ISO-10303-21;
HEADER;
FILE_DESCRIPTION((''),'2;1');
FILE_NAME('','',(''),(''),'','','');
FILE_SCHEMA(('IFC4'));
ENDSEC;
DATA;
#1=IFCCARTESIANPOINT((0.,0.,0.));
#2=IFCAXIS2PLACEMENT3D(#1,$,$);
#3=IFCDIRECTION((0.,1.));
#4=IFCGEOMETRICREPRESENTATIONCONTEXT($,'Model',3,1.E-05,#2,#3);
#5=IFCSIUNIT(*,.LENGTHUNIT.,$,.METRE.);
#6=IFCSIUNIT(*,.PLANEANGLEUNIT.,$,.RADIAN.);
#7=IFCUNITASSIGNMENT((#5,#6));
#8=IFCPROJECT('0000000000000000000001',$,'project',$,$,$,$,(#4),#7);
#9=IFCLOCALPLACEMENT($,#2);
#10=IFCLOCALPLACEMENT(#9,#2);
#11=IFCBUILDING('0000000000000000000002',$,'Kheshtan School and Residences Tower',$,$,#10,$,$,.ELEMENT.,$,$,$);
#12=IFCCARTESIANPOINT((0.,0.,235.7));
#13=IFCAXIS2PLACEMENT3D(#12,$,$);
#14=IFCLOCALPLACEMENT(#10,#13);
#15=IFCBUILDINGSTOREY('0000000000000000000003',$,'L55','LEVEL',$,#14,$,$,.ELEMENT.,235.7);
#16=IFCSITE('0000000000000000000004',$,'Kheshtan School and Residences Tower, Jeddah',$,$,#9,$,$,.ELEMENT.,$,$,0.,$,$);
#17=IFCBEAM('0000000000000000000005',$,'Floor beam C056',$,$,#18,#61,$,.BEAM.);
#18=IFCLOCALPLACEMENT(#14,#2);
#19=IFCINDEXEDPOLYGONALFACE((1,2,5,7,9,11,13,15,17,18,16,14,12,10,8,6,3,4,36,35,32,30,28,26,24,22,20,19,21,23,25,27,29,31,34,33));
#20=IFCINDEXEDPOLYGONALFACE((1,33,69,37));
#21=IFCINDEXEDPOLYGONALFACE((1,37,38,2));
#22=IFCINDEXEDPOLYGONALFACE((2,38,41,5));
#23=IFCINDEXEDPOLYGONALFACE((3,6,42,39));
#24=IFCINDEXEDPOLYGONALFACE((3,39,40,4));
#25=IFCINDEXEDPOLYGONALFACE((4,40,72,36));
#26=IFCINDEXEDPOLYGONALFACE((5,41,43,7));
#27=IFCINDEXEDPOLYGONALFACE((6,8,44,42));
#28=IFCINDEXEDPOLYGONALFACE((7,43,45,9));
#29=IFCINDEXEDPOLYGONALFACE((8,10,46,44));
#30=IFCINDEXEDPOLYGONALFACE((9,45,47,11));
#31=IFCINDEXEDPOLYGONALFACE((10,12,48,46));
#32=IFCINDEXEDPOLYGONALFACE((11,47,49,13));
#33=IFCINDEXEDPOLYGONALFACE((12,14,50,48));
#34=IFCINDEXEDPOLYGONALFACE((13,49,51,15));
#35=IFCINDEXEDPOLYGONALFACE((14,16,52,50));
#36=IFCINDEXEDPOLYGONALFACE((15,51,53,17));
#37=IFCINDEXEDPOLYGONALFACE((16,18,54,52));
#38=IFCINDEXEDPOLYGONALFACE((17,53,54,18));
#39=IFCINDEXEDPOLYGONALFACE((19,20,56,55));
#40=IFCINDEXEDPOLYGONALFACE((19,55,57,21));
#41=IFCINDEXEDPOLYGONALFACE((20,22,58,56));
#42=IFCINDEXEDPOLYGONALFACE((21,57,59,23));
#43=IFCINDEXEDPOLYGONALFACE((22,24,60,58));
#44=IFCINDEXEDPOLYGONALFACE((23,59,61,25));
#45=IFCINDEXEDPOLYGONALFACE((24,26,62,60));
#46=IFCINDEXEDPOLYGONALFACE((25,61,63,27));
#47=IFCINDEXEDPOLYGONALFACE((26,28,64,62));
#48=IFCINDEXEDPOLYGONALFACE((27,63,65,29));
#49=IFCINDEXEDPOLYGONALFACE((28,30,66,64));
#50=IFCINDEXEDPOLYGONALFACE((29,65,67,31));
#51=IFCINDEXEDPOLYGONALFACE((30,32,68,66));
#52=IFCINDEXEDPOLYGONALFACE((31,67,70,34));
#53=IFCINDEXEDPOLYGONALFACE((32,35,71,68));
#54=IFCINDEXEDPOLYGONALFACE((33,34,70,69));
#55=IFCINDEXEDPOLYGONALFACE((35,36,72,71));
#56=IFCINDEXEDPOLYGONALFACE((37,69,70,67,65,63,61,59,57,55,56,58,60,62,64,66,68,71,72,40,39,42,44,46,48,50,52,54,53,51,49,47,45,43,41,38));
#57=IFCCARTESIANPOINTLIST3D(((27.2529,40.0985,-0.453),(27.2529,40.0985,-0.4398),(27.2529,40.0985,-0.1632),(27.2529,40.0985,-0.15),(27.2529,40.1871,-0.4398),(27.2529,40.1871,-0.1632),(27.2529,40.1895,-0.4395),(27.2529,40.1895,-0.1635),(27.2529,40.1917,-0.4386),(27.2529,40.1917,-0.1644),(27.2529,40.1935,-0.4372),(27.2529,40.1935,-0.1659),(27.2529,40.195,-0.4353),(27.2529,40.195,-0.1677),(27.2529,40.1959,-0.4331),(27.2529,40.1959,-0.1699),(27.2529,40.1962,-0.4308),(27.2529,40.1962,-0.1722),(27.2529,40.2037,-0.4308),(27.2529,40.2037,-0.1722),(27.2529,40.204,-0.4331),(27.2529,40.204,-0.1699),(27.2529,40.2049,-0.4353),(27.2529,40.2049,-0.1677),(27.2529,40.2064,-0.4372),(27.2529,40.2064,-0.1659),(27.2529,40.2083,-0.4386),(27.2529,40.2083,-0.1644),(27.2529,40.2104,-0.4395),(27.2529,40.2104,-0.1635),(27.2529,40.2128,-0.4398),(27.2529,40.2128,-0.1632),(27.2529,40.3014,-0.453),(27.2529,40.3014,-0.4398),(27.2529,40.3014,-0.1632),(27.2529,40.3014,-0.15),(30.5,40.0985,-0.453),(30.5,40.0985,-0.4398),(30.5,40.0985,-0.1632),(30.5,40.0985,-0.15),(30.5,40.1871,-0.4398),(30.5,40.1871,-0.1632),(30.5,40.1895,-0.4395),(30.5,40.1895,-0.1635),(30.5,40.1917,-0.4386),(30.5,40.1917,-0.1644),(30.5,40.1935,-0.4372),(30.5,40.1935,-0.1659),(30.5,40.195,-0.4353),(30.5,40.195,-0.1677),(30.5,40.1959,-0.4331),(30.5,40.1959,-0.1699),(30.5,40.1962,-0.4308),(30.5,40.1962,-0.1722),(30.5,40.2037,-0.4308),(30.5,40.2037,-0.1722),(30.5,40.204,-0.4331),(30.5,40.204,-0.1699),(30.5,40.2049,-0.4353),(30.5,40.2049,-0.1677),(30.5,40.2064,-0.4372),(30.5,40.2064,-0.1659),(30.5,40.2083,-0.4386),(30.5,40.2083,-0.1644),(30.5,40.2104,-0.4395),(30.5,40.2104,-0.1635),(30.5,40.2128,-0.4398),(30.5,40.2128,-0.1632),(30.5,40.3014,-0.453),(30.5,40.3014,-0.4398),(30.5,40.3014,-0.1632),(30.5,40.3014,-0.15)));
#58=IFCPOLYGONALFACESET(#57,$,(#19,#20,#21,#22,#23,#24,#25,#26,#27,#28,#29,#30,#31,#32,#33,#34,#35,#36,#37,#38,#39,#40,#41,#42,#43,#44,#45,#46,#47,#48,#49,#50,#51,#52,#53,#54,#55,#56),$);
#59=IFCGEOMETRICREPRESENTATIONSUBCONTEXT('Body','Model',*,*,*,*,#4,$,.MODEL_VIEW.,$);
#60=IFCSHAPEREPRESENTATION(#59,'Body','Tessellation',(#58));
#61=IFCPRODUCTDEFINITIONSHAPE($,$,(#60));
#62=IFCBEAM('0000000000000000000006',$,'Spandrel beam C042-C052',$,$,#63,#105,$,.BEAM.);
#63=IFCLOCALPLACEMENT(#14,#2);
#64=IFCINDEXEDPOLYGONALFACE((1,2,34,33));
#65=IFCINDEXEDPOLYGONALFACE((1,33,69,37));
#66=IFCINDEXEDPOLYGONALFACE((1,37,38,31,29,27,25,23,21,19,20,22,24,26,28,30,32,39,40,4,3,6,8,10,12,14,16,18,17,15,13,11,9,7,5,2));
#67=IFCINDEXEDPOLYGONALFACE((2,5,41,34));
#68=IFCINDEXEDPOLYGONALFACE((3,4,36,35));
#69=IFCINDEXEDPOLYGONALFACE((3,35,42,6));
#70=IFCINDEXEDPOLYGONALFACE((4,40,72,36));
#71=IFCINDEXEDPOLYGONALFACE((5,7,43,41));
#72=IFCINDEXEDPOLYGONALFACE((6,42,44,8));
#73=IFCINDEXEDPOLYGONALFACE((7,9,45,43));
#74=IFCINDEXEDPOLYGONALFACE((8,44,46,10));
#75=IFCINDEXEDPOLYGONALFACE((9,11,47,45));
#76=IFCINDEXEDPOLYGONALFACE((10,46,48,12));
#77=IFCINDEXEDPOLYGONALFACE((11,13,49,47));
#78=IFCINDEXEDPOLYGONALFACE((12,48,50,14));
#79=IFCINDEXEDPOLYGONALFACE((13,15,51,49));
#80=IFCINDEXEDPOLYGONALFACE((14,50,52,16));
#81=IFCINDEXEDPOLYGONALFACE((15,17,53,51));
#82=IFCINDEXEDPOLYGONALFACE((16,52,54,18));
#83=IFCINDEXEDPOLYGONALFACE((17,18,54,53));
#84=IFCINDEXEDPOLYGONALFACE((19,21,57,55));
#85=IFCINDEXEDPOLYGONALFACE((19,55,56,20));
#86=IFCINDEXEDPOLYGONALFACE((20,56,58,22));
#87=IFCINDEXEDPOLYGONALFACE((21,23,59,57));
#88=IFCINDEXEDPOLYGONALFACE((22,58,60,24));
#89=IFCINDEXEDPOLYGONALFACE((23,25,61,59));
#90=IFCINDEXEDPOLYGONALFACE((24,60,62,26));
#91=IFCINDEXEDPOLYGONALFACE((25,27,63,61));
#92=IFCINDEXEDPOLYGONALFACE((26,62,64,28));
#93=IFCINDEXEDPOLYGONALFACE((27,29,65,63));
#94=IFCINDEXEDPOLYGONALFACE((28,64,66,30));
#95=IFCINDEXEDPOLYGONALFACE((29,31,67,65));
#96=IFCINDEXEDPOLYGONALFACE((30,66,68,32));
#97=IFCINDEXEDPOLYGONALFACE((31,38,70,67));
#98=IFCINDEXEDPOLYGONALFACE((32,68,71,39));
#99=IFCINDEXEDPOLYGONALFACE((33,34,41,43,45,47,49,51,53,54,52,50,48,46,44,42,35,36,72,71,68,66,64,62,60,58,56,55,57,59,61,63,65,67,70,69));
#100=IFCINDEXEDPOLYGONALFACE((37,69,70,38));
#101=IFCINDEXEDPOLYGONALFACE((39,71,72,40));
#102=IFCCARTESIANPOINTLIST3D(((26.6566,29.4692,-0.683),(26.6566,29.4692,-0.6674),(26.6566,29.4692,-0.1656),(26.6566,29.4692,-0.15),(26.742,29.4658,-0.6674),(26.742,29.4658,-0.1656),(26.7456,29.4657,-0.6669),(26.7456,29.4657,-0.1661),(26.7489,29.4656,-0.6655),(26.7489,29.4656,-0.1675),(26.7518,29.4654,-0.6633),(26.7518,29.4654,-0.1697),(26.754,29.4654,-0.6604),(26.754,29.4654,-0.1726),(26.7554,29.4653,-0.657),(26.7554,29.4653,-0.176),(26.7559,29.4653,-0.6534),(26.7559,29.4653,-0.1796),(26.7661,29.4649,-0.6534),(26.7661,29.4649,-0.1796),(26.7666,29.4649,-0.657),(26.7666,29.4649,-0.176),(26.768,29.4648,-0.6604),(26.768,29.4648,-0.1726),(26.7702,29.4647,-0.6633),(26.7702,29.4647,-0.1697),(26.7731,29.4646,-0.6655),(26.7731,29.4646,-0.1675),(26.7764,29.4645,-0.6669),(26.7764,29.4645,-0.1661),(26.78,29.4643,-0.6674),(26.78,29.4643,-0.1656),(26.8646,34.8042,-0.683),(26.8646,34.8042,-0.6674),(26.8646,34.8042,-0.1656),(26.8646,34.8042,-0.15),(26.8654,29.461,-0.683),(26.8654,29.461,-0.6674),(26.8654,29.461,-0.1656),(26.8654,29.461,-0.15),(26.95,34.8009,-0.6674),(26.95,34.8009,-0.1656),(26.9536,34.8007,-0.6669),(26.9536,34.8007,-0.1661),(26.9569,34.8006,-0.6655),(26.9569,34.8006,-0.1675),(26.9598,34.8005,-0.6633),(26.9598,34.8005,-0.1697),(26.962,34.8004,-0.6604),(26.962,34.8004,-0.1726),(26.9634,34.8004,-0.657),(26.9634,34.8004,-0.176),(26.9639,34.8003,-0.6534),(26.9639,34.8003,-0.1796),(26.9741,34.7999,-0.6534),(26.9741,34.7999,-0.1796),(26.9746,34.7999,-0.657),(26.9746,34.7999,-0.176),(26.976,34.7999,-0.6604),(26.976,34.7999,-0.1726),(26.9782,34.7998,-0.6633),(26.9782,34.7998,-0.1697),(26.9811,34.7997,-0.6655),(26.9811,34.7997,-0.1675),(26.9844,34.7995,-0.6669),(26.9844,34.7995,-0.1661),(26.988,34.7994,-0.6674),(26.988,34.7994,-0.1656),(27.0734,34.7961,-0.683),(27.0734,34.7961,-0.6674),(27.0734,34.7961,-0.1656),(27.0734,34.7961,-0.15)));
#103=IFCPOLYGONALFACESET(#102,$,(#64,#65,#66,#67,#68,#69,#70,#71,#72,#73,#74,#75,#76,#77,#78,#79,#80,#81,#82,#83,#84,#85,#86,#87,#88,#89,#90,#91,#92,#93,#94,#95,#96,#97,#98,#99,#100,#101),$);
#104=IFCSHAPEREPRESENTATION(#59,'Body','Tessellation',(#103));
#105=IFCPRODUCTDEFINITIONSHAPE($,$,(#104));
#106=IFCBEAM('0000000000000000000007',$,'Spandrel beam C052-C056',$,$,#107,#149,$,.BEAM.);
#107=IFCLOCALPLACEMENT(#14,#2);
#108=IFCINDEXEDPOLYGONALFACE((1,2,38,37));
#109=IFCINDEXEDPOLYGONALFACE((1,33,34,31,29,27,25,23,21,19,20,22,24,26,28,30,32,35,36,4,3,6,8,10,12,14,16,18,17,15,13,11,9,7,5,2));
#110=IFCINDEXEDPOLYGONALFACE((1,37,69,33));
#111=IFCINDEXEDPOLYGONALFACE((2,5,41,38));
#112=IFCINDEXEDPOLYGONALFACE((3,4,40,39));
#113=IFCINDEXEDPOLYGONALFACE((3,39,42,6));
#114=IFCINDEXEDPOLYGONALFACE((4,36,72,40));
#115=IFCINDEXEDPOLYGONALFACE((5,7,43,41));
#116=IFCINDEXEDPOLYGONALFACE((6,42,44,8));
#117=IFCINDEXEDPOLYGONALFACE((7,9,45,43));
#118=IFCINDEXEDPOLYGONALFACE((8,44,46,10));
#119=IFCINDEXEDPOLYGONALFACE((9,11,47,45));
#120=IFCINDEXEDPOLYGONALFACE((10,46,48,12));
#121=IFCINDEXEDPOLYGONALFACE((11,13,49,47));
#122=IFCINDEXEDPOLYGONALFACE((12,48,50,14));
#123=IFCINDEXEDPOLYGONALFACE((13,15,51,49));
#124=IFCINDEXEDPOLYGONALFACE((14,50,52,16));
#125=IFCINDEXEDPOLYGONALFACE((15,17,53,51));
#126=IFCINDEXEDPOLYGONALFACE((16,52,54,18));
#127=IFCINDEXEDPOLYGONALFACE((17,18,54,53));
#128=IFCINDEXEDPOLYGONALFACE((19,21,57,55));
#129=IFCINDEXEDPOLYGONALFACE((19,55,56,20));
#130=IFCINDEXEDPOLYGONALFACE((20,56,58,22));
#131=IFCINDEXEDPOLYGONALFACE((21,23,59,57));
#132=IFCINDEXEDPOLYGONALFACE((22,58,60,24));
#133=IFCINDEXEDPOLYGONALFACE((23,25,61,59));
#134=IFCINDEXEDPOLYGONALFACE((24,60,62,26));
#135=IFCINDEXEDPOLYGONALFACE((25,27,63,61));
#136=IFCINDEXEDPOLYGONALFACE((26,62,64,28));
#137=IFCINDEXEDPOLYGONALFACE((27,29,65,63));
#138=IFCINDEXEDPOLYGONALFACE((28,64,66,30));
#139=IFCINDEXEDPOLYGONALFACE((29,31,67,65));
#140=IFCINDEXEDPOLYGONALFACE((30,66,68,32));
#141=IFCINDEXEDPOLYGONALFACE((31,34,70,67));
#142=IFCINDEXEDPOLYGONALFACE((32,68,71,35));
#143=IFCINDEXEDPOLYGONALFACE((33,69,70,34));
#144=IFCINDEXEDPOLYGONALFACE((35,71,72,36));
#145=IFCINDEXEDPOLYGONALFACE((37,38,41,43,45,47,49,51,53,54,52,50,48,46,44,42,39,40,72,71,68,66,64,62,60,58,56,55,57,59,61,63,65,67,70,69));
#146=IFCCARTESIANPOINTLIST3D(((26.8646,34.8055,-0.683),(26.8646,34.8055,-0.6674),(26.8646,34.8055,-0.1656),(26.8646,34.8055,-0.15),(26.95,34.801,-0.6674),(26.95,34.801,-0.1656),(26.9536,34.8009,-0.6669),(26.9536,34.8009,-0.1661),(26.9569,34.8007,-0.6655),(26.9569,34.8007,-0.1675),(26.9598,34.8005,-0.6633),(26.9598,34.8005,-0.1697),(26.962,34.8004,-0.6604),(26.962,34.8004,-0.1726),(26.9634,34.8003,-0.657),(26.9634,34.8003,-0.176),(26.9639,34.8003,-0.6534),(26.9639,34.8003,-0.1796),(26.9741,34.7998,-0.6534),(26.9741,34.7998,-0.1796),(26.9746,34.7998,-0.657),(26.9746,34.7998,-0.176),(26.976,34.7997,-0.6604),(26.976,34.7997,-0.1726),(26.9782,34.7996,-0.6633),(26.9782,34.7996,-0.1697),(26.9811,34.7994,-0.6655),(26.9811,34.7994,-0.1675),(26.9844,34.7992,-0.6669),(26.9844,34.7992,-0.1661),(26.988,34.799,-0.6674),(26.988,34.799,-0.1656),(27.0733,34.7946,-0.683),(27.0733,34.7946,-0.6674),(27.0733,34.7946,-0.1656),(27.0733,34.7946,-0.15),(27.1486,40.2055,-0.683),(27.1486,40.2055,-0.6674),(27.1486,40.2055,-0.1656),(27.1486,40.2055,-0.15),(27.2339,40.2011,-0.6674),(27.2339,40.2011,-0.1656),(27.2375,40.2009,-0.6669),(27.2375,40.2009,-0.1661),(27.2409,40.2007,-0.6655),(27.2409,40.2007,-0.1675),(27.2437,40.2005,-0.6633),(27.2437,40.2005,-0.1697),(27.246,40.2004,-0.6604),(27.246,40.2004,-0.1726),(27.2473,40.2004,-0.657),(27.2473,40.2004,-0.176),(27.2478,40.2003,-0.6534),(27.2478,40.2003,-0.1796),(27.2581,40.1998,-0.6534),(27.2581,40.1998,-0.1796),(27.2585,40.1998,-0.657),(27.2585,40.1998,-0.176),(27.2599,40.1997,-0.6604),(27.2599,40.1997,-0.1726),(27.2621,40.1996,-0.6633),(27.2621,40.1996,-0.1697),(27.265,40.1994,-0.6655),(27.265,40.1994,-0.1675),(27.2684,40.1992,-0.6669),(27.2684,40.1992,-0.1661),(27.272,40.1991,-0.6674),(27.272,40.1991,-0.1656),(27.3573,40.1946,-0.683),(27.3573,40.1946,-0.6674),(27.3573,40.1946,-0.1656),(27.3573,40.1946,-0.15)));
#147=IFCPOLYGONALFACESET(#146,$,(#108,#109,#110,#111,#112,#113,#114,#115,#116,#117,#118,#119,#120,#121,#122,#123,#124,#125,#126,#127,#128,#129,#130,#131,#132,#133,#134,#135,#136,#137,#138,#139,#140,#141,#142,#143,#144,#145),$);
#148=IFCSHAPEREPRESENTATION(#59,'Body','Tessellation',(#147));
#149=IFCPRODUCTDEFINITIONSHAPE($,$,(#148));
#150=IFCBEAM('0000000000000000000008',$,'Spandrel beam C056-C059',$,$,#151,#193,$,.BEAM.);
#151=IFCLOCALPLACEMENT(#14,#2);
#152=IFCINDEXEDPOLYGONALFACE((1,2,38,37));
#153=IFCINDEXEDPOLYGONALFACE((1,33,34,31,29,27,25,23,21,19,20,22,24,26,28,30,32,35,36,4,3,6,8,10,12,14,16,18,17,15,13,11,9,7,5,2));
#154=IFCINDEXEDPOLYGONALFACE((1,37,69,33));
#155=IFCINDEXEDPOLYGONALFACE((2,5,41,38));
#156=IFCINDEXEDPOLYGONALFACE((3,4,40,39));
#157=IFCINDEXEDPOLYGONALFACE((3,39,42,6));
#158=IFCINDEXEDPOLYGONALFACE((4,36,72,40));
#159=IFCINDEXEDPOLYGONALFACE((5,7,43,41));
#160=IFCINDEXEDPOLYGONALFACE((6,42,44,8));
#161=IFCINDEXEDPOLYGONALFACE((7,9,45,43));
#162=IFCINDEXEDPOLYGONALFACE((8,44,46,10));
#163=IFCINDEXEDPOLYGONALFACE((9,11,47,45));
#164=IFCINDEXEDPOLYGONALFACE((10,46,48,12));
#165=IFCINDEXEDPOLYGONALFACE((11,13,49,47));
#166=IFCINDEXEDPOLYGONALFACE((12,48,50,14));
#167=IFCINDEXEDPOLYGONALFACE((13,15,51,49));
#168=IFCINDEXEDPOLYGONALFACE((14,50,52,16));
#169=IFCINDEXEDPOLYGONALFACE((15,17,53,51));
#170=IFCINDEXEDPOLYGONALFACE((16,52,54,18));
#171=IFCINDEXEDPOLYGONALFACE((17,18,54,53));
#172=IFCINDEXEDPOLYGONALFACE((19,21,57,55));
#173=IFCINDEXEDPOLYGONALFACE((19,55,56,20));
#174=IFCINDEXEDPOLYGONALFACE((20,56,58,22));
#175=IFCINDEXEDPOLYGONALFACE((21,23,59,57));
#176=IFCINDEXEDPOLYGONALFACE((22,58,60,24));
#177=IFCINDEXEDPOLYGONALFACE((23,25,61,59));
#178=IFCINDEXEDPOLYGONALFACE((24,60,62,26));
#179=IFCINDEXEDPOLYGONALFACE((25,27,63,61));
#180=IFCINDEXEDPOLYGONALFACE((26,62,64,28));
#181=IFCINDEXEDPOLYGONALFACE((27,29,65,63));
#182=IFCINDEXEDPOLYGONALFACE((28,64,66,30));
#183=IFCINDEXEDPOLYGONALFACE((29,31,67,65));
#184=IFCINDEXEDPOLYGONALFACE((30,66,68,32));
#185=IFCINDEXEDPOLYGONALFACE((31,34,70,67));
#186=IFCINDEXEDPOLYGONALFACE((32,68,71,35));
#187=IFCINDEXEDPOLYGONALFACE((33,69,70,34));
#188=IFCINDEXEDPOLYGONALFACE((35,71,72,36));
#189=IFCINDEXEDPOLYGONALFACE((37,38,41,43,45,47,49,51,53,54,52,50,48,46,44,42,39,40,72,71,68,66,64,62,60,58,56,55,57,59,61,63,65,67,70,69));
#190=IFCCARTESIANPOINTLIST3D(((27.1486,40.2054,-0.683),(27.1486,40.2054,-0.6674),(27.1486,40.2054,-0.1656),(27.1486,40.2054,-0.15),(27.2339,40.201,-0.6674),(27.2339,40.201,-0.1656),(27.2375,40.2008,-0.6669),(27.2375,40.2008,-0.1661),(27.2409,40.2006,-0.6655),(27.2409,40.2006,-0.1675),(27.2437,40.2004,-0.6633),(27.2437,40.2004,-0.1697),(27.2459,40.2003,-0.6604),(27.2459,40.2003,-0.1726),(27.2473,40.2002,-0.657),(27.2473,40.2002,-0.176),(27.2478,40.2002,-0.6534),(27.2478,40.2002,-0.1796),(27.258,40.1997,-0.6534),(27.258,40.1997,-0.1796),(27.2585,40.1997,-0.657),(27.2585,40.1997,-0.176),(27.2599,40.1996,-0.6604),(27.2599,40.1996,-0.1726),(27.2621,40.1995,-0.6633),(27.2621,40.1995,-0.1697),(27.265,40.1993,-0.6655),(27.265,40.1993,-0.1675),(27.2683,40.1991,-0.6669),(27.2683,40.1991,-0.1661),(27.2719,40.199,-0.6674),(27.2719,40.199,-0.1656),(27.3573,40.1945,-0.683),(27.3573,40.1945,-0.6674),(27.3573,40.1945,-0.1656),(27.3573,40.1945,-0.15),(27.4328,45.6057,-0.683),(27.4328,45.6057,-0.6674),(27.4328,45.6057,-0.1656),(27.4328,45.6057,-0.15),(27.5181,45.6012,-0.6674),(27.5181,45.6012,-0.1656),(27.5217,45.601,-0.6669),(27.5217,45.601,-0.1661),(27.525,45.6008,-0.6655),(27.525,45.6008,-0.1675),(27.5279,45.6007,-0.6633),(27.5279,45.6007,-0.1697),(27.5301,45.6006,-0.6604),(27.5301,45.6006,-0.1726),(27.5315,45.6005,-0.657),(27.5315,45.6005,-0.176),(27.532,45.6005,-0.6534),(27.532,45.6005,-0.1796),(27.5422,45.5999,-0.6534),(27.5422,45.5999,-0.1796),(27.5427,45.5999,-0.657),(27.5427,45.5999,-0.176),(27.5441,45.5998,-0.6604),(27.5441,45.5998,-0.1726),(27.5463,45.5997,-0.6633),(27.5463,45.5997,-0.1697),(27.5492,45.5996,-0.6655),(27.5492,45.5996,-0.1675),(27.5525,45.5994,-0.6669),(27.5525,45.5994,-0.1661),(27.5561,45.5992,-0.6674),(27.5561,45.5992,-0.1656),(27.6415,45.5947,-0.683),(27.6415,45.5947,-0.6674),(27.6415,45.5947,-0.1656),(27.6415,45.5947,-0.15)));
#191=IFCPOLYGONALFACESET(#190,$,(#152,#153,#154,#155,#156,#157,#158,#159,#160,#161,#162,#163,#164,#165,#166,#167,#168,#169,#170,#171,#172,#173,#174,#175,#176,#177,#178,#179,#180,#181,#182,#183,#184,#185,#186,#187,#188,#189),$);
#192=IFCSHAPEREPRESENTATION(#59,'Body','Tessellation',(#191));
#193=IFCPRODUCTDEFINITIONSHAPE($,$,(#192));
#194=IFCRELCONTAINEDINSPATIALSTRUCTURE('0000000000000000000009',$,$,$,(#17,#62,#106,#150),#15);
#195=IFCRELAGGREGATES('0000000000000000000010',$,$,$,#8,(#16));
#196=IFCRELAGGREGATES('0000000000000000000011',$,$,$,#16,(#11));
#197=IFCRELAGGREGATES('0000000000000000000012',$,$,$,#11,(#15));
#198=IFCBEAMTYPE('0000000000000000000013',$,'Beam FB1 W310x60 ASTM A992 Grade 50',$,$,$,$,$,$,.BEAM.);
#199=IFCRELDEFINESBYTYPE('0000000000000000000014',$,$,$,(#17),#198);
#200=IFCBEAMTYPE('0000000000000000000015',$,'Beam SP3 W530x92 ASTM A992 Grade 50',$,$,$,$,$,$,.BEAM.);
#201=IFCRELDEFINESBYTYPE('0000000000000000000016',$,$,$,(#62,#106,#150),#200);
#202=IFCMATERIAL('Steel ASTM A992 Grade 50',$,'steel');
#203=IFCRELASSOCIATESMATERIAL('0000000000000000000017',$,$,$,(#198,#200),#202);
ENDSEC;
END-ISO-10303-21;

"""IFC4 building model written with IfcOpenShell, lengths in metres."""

from ifc_helpers import new_model, si_unit, direction, frame, origin, origin_2d, place, context, subcontext, project, spatial, i_section, extrude, material, material_profile, profile_set, type_object, element, save


model = new_model("IFC4")

# Units and contexts
model_context = context("Model", 3, precision=1e-05, world=origin(), true_north=direction((0.0, 1.0)))
body_context = subcontext(model_context, "Body", "Model", "MODEL_VIEW")
ifc_project = project(units=[si_unit("LENGTHUNIT", "METRE"), si_unit("PLANEANGLEUNIT", "RADIAN")], contexts=[model_context])

# Site, building, storey
site_placement = place(None, origin())
site = spatial("IfcSite", under=ifc_project, at=site_placement, Name="Kheshtan School and Residences Tower, Jeddah", CompositionType="ELEMENT", RefElevation=0.0)
building_placement = place(site_placement, origin())
building = spatial("IfcBuilding", under=site, at=building_placement, Name="Kheshtan School and Residences Tower", CompositionType="ELEMENT")
storey_placement = place(building_placement, frame((0.0, 0.0, 235.7)))
storey = spatial("IfcBuildingStorey", under=building, at=storey_placement, Name="L55", Description="LEVEL", CompositionType="ELEMENT", Elevation=235.7)

# Shared definitions
ifc_material_1 = material(Name="Steel ASTM A992 Grade 50", Category="steel")

# Beams
ifc_material_profile_1 = material_profile(ifc_material_1, i_section(OverallWidth=0.2029, OverallDepth=0.303, WebThickness=0.0076, FlangeThickness=0.0132, FilletRadius=0.009, at=origin_2d()), Name="W310x60")
ifc_profile_set_1 = profile_set([ifc_material_profile_1], Name="Steel ASTM A992 Grade 50")
beam_type_1 = type_object("IfcBeamType", Name="Beam FB1 W310x60 ASTM A992 Grade 50", PredefinedType="BEAM", material=ifc_profile_set_1)
beam_1_placement = place(storey_placement, frame((27.2529, 40.2, -0.3015), z_axis=(1.0, 0.0, 0.0), x_axis=(0.0, 1.0, 0.0)))
element("IfcBeam", 1, at=beam_1_placement, inside=storey, type_object=beam_type_1, Name="Floor beam C056", PredefinedType="BEAM", context=body_context, shape_type="SweptSolid", body=[
    extrude(i_section(OverallWidth=0.2029, OverallDepth=0.303, WebThickness=0.0076, FlangeThickness=0.0132, FilletRadius=0.009, at=origin_2d()), origin(), (0.0, 0.0, 1.0), 3.2471),
])
ifc_material_profile_2 = material_profile(ifc_material_1, i_section(OverallWidth=0.209, OverallDepth=0.533, WebThickness=0.0103, FlangeThickness=0.0156, FilletRadius=0.0139, at=origin_2d()), Name="W530x92")
ifc_profile_set_2 = profile_set([ifc_material_profile_2], Name="Steel ASTM A992 Grade 50")
beam_type_2 = type_object("IfcBeamType", Name="Beam SP3 W530x92 ASTM A992 Grade 50", PredefinedType="BEAM", material=ifc_profile_set_2)
beam_2_placement = place(storey_placement, frame((26.761, 29.4651, -0.4165), z_axis=(0.03896, 0.999241, 0.0), x_axis=(-0.999241, 0.03896, 0.0)))
element("IfcBeam", 2, at=beam_2_placement, inside=storey, type_object=beam_type_2, Name="Spandrel beam C042-C052", PredefinedType="BEAM", context=body_context, shape_type="SweptSolid", body=[
    extrude(i_section(OverallWidth=0.209, OverallDepth=0.533, WebThickness=0.0103, FlangeThickness=0.0156, FilletRadius=0.0139, at=origin_2d()), origin(), (0.0, 0.0, 1.0), 5.3391),
])
beam_3_placement = place(storey_placement, frame((26.969, 34.8, -0.4165), z_axis=(0.052509, 0.99862, 0.0), x_axis=(-0.99862, 0.052509, 0.0)))
element("IfcBeam", 3, at=beam_3_placement, inside=storey, type_object=beam_type_2, Name="Spandrel beam C052-C056", PredefinedType="BEAM", context=body_context, shape_type="SweptSolid", body=[
    extrude(i_section(OverallWidth=0.209, OverallDepth=0.533, WebThickness=0.0103, FlangeThickness=0.0156, FilletRadius=0.0139, at=origin_2d()), origin(), (0.0, 0.0, 1.0), 5.4075),
])
beam_4_placement = place(storey_placement, frame((27.2529, 40.2, -0.4165), z_axis=(0.052552, 0.998618, 0.0), x_axis=(-0.998618, 0.052552, 0.0)))
element("IfcBeam", 4, at=beam_4_placement, inside=storey, type_object=beam_type_2, Name="Spandrel beam C056-C059", PredefinedType="BEAM", context=body_context, shape_type="SweptSolid", body=[
    extrude(i_section(OverallWidth=0.209, OverallDepth=0.533, WebThickness=0.0103, FlangeThickness=0.0156, FilletRadius=0.0139, at=origin_2d()), origin(), (0.0, 0.0, 1.0), 5.4077),
])

save(model, "model.ifc")
